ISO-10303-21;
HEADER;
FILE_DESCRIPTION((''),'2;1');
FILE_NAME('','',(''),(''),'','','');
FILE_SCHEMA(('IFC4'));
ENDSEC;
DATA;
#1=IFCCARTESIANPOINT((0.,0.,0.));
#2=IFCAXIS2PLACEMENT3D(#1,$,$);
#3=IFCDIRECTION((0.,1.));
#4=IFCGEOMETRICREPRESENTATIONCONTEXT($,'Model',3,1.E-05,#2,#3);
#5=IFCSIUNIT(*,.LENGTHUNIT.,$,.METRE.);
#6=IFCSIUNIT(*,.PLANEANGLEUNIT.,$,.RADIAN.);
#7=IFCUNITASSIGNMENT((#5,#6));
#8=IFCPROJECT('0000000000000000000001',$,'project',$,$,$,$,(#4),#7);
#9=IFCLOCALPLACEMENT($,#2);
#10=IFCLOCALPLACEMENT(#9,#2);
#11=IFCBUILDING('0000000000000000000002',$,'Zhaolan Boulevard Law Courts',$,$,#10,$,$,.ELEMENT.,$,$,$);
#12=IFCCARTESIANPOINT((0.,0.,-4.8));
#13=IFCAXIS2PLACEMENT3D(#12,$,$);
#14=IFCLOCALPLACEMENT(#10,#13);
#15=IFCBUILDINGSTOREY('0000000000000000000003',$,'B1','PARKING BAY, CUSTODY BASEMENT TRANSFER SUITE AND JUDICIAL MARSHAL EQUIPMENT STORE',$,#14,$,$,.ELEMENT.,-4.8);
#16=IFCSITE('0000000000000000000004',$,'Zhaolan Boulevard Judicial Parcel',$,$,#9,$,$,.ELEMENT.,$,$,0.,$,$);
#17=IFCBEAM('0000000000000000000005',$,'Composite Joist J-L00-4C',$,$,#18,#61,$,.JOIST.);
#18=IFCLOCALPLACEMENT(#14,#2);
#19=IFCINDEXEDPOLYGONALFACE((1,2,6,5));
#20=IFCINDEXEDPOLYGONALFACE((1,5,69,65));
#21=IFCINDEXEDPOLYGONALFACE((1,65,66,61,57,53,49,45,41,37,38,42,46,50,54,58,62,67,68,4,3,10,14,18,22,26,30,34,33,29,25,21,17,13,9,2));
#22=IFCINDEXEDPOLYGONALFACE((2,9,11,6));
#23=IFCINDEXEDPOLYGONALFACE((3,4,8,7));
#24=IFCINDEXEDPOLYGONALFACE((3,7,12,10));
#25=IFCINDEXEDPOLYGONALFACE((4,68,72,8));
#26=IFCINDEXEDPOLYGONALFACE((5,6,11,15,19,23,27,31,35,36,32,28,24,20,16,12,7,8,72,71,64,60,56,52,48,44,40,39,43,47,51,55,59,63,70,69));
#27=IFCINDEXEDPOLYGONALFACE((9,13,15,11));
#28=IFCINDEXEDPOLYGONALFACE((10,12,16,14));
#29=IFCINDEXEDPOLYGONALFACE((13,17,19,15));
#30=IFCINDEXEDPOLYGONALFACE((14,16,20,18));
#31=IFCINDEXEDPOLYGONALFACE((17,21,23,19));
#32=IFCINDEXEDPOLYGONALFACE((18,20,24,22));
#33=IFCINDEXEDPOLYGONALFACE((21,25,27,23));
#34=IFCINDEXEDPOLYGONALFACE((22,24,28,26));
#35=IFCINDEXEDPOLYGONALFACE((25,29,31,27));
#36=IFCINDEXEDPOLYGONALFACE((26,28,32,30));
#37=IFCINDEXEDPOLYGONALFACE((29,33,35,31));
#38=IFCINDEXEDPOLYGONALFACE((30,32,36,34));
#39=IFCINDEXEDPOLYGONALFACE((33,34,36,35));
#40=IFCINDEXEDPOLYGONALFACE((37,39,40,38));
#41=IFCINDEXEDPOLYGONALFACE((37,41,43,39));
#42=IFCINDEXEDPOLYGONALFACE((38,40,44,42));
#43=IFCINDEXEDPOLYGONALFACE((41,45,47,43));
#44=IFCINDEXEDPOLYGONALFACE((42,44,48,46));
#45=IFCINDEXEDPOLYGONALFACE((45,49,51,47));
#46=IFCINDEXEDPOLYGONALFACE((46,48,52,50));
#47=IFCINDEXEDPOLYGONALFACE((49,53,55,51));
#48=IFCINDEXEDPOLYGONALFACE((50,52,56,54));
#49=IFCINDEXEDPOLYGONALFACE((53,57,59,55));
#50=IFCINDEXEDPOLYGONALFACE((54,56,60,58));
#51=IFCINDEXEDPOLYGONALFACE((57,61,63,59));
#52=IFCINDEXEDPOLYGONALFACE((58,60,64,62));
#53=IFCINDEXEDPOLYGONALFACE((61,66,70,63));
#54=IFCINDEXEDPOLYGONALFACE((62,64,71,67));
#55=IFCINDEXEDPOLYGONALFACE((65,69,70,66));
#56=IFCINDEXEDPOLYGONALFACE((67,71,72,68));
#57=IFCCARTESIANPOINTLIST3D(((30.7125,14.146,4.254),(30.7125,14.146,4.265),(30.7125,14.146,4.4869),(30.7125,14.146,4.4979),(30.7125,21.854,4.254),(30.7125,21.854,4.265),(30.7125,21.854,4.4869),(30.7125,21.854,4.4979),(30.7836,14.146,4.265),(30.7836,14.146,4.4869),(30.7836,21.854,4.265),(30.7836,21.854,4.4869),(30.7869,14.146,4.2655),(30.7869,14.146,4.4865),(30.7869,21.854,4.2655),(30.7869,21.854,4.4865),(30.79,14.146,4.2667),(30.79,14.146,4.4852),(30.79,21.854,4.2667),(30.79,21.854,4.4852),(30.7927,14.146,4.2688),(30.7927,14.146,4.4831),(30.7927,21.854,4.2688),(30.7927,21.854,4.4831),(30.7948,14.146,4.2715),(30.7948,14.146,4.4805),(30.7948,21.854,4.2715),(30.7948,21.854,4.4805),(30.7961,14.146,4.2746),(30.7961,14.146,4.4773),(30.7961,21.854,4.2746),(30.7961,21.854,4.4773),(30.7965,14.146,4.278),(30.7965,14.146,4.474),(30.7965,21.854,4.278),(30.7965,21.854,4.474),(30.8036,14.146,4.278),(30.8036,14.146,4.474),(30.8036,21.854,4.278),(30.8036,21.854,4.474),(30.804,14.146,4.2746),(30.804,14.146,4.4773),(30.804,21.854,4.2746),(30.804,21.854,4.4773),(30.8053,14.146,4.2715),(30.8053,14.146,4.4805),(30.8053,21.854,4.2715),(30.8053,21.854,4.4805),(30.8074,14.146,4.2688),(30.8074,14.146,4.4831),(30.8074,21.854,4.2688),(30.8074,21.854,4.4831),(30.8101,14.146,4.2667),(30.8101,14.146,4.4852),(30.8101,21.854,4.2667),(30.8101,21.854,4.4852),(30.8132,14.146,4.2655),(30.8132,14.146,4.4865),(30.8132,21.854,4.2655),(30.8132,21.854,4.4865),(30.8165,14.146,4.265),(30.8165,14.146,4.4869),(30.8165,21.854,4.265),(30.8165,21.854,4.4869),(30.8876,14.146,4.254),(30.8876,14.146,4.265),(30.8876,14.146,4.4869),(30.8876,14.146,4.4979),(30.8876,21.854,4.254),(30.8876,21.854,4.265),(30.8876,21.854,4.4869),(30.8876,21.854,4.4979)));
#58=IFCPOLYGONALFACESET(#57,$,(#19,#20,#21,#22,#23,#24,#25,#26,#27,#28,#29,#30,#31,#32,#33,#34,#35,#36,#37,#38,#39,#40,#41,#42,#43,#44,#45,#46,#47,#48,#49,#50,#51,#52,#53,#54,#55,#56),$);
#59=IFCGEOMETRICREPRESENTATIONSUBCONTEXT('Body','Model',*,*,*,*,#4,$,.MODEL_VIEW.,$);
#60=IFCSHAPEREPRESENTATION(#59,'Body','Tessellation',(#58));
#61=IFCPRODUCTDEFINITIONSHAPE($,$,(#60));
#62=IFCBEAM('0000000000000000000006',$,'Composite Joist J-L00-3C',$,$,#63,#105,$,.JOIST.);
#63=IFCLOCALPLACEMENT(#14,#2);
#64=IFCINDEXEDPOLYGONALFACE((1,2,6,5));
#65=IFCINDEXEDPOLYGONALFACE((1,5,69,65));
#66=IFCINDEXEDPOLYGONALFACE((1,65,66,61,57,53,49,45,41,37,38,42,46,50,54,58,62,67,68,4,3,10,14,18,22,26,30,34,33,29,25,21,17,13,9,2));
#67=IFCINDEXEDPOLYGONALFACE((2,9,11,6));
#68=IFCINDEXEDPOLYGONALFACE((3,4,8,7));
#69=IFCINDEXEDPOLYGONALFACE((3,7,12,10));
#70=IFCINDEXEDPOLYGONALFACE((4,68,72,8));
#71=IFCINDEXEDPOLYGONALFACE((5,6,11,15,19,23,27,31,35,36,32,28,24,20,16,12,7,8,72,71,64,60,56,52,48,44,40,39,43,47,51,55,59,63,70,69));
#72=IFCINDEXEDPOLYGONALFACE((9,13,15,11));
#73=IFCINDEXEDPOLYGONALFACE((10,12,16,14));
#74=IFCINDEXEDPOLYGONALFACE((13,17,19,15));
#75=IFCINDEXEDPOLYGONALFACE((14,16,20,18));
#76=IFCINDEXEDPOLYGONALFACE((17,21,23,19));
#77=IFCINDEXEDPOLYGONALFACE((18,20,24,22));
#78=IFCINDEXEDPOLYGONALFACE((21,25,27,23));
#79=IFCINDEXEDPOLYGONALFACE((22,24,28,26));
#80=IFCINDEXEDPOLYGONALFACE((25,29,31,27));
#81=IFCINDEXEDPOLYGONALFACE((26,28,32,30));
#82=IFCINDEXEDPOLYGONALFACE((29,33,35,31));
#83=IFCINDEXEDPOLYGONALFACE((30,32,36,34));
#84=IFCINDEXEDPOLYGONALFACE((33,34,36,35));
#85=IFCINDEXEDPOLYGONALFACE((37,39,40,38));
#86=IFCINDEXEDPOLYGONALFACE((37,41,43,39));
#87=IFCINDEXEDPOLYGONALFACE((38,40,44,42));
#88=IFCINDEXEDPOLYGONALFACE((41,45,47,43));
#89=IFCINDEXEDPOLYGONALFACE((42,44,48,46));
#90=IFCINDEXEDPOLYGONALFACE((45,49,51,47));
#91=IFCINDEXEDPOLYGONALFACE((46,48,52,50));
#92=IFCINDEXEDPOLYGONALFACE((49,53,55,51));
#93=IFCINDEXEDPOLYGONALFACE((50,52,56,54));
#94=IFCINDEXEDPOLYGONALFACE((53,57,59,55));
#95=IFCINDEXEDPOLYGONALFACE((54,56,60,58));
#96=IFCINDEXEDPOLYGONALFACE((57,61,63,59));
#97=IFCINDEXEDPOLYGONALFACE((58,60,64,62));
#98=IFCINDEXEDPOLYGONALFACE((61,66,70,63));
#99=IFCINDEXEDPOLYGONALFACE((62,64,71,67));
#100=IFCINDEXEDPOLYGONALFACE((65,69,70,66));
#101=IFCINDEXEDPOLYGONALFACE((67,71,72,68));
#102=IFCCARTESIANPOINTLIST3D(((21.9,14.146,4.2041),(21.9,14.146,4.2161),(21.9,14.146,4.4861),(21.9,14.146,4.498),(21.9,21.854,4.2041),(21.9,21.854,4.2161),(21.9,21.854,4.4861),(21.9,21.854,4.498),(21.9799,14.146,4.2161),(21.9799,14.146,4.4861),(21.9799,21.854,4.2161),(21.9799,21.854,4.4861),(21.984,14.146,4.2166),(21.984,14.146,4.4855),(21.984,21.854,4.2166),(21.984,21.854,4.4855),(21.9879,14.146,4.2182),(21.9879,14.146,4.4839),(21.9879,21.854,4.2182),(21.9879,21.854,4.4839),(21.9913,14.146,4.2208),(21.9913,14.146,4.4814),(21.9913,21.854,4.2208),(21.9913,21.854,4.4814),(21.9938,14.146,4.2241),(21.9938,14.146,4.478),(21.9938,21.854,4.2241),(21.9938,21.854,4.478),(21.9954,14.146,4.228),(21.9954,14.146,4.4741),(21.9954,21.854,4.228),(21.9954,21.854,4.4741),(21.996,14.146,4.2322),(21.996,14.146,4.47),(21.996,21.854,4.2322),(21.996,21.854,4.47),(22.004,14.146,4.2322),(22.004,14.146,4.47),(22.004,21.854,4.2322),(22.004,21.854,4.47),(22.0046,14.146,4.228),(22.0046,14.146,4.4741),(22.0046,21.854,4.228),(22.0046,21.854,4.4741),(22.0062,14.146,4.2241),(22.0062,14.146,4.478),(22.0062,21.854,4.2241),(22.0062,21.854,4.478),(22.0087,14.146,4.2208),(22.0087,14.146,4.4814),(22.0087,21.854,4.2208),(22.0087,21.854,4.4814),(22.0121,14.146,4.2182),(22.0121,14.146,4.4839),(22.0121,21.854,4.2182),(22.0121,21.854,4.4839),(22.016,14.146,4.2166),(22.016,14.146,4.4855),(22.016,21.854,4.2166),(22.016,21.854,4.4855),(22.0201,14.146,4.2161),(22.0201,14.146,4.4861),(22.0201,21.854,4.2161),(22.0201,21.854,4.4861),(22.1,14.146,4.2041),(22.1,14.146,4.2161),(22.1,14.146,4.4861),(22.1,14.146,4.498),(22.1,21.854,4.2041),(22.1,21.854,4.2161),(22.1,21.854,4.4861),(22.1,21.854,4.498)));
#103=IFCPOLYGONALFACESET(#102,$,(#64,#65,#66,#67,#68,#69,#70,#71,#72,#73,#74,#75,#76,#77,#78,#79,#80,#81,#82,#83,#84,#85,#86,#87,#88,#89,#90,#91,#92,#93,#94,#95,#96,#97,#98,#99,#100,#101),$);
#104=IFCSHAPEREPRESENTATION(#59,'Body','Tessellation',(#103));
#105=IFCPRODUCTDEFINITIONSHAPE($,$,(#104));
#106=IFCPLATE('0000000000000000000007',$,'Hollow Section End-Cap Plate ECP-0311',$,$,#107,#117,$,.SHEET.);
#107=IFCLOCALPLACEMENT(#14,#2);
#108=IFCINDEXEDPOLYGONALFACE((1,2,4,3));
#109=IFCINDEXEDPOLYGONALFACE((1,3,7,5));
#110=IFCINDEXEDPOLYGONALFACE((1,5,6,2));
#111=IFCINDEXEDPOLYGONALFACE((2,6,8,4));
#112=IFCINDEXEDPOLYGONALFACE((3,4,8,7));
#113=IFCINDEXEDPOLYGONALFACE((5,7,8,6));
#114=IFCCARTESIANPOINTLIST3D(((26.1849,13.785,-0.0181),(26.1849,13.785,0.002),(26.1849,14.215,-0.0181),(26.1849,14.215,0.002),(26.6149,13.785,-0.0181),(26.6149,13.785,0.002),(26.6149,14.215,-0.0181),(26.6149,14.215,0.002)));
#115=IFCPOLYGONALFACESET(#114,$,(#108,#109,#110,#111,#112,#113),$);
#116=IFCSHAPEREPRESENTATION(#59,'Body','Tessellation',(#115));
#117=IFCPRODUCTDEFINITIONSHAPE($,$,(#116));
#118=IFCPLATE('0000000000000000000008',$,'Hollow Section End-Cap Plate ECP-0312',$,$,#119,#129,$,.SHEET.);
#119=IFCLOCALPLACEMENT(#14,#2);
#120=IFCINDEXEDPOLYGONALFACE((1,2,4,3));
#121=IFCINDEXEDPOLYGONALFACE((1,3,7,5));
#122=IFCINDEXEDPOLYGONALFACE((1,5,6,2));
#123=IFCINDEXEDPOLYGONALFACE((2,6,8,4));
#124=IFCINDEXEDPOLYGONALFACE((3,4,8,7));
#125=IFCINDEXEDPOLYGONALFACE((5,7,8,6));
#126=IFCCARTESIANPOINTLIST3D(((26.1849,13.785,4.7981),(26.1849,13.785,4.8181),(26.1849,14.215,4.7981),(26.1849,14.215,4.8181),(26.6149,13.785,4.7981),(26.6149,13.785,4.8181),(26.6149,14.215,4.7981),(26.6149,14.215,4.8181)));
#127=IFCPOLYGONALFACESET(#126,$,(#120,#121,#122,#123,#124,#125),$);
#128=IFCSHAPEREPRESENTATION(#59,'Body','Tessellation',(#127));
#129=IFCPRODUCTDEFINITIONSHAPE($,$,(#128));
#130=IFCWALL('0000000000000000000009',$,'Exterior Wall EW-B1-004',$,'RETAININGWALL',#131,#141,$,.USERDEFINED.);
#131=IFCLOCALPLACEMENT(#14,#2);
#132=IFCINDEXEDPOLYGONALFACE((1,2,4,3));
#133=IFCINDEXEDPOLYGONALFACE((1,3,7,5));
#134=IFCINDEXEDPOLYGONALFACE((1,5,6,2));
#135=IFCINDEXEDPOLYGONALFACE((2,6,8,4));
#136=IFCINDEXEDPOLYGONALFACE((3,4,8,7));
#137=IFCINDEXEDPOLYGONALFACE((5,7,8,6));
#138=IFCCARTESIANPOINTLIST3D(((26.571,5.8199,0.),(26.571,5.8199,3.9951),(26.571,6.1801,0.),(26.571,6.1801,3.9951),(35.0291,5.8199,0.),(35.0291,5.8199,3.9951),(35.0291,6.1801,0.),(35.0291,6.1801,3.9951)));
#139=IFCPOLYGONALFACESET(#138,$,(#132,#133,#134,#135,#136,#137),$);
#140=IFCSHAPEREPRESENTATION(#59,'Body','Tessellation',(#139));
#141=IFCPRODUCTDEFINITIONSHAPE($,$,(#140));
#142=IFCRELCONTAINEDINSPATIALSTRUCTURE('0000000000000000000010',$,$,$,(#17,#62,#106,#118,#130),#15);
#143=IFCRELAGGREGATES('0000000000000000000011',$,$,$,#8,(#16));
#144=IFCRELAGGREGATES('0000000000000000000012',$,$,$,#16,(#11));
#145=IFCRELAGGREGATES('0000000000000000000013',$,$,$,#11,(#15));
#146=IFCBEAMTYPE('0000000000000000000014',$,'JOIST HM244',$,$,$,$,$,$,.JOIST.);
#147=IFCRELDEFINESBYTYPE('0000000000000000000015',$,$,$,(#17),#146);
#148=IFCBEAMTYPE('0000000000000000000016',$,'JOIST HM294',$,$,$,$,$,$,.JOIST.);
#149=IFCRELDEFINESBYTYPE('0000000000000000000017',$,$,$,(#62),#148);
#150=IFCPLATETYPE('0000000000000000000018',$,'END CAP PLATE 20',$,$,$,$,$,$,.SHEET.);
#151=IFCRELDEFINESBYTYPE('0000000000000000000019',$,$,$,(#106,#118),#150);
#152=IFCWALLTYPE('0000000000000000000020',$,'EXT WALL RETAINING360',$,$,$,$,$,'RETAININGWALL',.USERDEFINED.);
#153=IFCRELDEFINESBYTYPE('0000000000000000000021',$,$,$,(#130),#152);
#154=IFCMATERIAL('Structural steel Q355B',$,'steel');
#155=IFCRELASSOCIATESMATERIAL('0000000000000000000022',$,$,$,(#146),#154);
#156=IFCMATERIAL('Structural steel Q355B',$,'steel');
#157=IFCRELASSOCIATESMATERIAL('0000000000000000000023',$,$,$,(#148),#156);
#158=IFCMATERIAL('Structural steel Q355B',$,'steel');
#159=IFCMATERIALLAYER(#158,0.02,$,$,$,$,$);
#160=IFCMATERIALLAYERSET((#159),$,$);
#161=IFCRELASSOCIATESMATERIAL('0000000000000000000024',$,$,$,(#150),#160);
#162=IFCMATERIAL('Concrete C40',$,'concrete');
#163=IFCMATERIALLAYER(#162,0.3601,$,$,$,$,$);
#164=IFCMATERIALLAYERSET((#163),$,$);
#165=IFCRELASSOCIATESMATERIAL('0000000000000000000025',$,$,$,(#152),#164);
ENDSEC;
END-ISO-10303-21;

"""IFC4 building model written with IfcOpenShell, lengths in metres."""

from ifc_helpers import new_model, si_unit, direction, frame, frame_2d, origin, origin_2d, place, context, subcontext, project, spatial, rectangle, i_section, extrude, material, layer, layer_set, material_profile, profile_set, type_object, element, save


model = new_model("IFC4")

# Units and contexts
model_context = context("Model", 3, precision=1e-05, world=origin(), true_north=direction((0.0, 1.0)))
body_context = subcontext(model_context, "Body", "Model", "MODEL_VIEW")
ifc_project = project(units=[si_unit("LENGTHUNIT", "METRE"), si_unit("PLANEANGLEUNIT", "RADIAN")], contexts=[model_context])

# Site, building, storey
site_placement = place(None, origin())
site = spatial("IfcSite", under=ifc_project, at=site_placement, Name="Zhaolan Boulevard Judicial Parcel", CompositionType="ELEMENT", RefElevation=0.0)
building_placement = place(site_placement, origin())
building = spatial("IfcBuilding", under=site, at=building_placement, Name="Zhaolan Boulevard Law Courts", CompositionType="ELEMENT")
storey_placement = place(building_placement, frame((0.0, 0.0, -4.8)))
storey = spatial("IfcBuildingStorey", under=building, at=storey_placement, Name="B1", Description="PARKING BAY, CUSTODY BASEMENT TRANSFER SUITE AND JUDICIAL MARSHAL EQUIPMENT STORE", CompositionType="ELEMENT", Elevation=-4.8)

# Beams
ifc_material_1 = material(Name="Structural steel Q355B", Category="steel")
ifc_material_profile_1 = material_profile(ifc_material_1, i_section(OverallWidth=0.175, OverallDepth=0.2439, WebThickness=0.0071, FlangeThickness=0.011, FilletRadius=0.0129, at=origin_2d()), Name="HM244x175")
ifc_profile_set_1 = profile_set([ifc_material_profile_1], Name="Structural steel Q355B")
beam_type_1 = type_object("IfcBeamType", Name="JOIST HM244", PredefinedType="JOIST", material=ifc_profile_set_1)
beam_1_placement = place(storey_placement, frame((30.8, 14.146, 4.376), z_axis=(0.0, 1.0, 0.0), x_axis=(-1.0, 0.0, 0.0)))
element("IfcBeam", 1, at=beam_1_placement, inside=storey, type_object=beam_type_1, Name="Composite Joist J-L00-4C", PredefinedType="JOIST", context=body_context, shape_type="SweptSolid", body=[
    extrude(i_section(OverallWidth=0.175, OverallDepth=0.2439, WebThickness=0.0071, FlangeThickness=0.011, FilletRadius=0.0129, at=origin_2d()), origin(), (0.0, 0.0, 1.0), 7.708),
])
ifc_material_2 = material(Name="Structural steel Q355B", Category="steel")
ifc_material_profile_2 = material_profile(ifc_material_2, i_section(OverallWidth=0.2, OverallDepth=0.2939, WebThickness=0.0081, FlangeThickness=0.012, FilletRadius=0.0161, at=origin_2d()), Name="HM294x200")
ifc_profile_set_2 = profile_set([ifc_material_profile_2], Name="Structural steel Q355B")
beam_type_2 = type_object("IfcBeamType", Name="JOIST HM294", PredefinedType="JOIST", material=ifc_profile_set_2)
beam_2_placement = place(storey_placement, frame((22.0, 14.146, 4.3511), z_axis=(0.0, 1.0, 0.0), x_axis=(-1.0, 0.0, 0.0)))
element("IfcBeam", 2, at=beam_2_placement, inside=storey, type_object=beam_type_2, Name="Composite Joist J-L00-3C", PredefinedType="JOIST", context=body_context, shape_type="SweptSolid", body=[
    extrude(i_section(OverallWidth=0.2, OverallDepth=0.2939, WebThickness=0.0081, FlangeThickness=0.012, FilletRadius=0.0161, at=origin_2d()), origin(), (0.0, 0.0, 1.0), 7.708),
])

# Plates
ifc_material_3 = material(Name="Structural steel Q355B", Category="steel")
ifc_layer_1 = layer(ifc_material_3, 0.02)
ifc_layer_set_1 = layer_set([ifc_layer_1])
plate_type = type_object("IfcPlateType", Name="END CAP PLATE 20", PredefinedType="SHEET", material=ifc_layer_set_1)
for number, where, z_axis, x_axis, name in (
    (3, (26.3999, 14.0, -0.0181), (0.0, 0.0, 1.0), (1.0, 0.0, 0.0), "Hollow Section End-Cap Plate ECP-0311"),
    (4, (26.3999, 14.0, 4.7981), (0.0, 0.0, 1.0), (1.0, 0.0, 0.0), "Hollow Section End-Cap Plate ECP-0312"),
):
    element("IfcPlate", number, at=place(storey_placement, frame(where, z_axis=z_axis, x_axis=x_axis)), inside=storey, type_object=plate_type, Name=name, PredefinedType="SHEET", context=body_context, shape_type="SweptSolid", body=[
        extrude(rectangle(XDim=0.4299, YDim=0.4299, at=origin_2d()), origin(), (0.0, 0.0, 1.0), 0.02),
    ])

# Wall
ifc_material_4 = material(Name="Concrete C40", Category="concrete")
ifc_layer_2 = layer(ifc_material_4, 0.3601)
ifc_layer_set_2 = layer_set([ifc_layer_2])
wall_type = type_object("IfcWallType", Name="EXT WALL RETAINING360", ElementType="RETAININGWALL", PredefinedType="USERDEFINED", material=ifc_layer_set_2)
wall_placement = place(storey_placement, frame((26.571, 6.0, 0.0), z_axis=(0.0, 0.0, 1.0), x_axis=(1.0, 0.0, 0.0)))
element("IfcWall", 5, at=wall_placement, inside=storey, type_object=wall_type, Name="Exterior Wall EW-B1-004", ObjectType="RETAININGWALL", PredefinedType="USERDEFINED", context=body_context, shape_type="SweptSolid", body=[
    extrude(rectangle(XDim=8.458, YDim=0.3601, at=frame_2d((4.229, 0.0))), origin(), (0.0, 0.0, 1.0), 3.9951),
])

save(model, "model.ifc")
